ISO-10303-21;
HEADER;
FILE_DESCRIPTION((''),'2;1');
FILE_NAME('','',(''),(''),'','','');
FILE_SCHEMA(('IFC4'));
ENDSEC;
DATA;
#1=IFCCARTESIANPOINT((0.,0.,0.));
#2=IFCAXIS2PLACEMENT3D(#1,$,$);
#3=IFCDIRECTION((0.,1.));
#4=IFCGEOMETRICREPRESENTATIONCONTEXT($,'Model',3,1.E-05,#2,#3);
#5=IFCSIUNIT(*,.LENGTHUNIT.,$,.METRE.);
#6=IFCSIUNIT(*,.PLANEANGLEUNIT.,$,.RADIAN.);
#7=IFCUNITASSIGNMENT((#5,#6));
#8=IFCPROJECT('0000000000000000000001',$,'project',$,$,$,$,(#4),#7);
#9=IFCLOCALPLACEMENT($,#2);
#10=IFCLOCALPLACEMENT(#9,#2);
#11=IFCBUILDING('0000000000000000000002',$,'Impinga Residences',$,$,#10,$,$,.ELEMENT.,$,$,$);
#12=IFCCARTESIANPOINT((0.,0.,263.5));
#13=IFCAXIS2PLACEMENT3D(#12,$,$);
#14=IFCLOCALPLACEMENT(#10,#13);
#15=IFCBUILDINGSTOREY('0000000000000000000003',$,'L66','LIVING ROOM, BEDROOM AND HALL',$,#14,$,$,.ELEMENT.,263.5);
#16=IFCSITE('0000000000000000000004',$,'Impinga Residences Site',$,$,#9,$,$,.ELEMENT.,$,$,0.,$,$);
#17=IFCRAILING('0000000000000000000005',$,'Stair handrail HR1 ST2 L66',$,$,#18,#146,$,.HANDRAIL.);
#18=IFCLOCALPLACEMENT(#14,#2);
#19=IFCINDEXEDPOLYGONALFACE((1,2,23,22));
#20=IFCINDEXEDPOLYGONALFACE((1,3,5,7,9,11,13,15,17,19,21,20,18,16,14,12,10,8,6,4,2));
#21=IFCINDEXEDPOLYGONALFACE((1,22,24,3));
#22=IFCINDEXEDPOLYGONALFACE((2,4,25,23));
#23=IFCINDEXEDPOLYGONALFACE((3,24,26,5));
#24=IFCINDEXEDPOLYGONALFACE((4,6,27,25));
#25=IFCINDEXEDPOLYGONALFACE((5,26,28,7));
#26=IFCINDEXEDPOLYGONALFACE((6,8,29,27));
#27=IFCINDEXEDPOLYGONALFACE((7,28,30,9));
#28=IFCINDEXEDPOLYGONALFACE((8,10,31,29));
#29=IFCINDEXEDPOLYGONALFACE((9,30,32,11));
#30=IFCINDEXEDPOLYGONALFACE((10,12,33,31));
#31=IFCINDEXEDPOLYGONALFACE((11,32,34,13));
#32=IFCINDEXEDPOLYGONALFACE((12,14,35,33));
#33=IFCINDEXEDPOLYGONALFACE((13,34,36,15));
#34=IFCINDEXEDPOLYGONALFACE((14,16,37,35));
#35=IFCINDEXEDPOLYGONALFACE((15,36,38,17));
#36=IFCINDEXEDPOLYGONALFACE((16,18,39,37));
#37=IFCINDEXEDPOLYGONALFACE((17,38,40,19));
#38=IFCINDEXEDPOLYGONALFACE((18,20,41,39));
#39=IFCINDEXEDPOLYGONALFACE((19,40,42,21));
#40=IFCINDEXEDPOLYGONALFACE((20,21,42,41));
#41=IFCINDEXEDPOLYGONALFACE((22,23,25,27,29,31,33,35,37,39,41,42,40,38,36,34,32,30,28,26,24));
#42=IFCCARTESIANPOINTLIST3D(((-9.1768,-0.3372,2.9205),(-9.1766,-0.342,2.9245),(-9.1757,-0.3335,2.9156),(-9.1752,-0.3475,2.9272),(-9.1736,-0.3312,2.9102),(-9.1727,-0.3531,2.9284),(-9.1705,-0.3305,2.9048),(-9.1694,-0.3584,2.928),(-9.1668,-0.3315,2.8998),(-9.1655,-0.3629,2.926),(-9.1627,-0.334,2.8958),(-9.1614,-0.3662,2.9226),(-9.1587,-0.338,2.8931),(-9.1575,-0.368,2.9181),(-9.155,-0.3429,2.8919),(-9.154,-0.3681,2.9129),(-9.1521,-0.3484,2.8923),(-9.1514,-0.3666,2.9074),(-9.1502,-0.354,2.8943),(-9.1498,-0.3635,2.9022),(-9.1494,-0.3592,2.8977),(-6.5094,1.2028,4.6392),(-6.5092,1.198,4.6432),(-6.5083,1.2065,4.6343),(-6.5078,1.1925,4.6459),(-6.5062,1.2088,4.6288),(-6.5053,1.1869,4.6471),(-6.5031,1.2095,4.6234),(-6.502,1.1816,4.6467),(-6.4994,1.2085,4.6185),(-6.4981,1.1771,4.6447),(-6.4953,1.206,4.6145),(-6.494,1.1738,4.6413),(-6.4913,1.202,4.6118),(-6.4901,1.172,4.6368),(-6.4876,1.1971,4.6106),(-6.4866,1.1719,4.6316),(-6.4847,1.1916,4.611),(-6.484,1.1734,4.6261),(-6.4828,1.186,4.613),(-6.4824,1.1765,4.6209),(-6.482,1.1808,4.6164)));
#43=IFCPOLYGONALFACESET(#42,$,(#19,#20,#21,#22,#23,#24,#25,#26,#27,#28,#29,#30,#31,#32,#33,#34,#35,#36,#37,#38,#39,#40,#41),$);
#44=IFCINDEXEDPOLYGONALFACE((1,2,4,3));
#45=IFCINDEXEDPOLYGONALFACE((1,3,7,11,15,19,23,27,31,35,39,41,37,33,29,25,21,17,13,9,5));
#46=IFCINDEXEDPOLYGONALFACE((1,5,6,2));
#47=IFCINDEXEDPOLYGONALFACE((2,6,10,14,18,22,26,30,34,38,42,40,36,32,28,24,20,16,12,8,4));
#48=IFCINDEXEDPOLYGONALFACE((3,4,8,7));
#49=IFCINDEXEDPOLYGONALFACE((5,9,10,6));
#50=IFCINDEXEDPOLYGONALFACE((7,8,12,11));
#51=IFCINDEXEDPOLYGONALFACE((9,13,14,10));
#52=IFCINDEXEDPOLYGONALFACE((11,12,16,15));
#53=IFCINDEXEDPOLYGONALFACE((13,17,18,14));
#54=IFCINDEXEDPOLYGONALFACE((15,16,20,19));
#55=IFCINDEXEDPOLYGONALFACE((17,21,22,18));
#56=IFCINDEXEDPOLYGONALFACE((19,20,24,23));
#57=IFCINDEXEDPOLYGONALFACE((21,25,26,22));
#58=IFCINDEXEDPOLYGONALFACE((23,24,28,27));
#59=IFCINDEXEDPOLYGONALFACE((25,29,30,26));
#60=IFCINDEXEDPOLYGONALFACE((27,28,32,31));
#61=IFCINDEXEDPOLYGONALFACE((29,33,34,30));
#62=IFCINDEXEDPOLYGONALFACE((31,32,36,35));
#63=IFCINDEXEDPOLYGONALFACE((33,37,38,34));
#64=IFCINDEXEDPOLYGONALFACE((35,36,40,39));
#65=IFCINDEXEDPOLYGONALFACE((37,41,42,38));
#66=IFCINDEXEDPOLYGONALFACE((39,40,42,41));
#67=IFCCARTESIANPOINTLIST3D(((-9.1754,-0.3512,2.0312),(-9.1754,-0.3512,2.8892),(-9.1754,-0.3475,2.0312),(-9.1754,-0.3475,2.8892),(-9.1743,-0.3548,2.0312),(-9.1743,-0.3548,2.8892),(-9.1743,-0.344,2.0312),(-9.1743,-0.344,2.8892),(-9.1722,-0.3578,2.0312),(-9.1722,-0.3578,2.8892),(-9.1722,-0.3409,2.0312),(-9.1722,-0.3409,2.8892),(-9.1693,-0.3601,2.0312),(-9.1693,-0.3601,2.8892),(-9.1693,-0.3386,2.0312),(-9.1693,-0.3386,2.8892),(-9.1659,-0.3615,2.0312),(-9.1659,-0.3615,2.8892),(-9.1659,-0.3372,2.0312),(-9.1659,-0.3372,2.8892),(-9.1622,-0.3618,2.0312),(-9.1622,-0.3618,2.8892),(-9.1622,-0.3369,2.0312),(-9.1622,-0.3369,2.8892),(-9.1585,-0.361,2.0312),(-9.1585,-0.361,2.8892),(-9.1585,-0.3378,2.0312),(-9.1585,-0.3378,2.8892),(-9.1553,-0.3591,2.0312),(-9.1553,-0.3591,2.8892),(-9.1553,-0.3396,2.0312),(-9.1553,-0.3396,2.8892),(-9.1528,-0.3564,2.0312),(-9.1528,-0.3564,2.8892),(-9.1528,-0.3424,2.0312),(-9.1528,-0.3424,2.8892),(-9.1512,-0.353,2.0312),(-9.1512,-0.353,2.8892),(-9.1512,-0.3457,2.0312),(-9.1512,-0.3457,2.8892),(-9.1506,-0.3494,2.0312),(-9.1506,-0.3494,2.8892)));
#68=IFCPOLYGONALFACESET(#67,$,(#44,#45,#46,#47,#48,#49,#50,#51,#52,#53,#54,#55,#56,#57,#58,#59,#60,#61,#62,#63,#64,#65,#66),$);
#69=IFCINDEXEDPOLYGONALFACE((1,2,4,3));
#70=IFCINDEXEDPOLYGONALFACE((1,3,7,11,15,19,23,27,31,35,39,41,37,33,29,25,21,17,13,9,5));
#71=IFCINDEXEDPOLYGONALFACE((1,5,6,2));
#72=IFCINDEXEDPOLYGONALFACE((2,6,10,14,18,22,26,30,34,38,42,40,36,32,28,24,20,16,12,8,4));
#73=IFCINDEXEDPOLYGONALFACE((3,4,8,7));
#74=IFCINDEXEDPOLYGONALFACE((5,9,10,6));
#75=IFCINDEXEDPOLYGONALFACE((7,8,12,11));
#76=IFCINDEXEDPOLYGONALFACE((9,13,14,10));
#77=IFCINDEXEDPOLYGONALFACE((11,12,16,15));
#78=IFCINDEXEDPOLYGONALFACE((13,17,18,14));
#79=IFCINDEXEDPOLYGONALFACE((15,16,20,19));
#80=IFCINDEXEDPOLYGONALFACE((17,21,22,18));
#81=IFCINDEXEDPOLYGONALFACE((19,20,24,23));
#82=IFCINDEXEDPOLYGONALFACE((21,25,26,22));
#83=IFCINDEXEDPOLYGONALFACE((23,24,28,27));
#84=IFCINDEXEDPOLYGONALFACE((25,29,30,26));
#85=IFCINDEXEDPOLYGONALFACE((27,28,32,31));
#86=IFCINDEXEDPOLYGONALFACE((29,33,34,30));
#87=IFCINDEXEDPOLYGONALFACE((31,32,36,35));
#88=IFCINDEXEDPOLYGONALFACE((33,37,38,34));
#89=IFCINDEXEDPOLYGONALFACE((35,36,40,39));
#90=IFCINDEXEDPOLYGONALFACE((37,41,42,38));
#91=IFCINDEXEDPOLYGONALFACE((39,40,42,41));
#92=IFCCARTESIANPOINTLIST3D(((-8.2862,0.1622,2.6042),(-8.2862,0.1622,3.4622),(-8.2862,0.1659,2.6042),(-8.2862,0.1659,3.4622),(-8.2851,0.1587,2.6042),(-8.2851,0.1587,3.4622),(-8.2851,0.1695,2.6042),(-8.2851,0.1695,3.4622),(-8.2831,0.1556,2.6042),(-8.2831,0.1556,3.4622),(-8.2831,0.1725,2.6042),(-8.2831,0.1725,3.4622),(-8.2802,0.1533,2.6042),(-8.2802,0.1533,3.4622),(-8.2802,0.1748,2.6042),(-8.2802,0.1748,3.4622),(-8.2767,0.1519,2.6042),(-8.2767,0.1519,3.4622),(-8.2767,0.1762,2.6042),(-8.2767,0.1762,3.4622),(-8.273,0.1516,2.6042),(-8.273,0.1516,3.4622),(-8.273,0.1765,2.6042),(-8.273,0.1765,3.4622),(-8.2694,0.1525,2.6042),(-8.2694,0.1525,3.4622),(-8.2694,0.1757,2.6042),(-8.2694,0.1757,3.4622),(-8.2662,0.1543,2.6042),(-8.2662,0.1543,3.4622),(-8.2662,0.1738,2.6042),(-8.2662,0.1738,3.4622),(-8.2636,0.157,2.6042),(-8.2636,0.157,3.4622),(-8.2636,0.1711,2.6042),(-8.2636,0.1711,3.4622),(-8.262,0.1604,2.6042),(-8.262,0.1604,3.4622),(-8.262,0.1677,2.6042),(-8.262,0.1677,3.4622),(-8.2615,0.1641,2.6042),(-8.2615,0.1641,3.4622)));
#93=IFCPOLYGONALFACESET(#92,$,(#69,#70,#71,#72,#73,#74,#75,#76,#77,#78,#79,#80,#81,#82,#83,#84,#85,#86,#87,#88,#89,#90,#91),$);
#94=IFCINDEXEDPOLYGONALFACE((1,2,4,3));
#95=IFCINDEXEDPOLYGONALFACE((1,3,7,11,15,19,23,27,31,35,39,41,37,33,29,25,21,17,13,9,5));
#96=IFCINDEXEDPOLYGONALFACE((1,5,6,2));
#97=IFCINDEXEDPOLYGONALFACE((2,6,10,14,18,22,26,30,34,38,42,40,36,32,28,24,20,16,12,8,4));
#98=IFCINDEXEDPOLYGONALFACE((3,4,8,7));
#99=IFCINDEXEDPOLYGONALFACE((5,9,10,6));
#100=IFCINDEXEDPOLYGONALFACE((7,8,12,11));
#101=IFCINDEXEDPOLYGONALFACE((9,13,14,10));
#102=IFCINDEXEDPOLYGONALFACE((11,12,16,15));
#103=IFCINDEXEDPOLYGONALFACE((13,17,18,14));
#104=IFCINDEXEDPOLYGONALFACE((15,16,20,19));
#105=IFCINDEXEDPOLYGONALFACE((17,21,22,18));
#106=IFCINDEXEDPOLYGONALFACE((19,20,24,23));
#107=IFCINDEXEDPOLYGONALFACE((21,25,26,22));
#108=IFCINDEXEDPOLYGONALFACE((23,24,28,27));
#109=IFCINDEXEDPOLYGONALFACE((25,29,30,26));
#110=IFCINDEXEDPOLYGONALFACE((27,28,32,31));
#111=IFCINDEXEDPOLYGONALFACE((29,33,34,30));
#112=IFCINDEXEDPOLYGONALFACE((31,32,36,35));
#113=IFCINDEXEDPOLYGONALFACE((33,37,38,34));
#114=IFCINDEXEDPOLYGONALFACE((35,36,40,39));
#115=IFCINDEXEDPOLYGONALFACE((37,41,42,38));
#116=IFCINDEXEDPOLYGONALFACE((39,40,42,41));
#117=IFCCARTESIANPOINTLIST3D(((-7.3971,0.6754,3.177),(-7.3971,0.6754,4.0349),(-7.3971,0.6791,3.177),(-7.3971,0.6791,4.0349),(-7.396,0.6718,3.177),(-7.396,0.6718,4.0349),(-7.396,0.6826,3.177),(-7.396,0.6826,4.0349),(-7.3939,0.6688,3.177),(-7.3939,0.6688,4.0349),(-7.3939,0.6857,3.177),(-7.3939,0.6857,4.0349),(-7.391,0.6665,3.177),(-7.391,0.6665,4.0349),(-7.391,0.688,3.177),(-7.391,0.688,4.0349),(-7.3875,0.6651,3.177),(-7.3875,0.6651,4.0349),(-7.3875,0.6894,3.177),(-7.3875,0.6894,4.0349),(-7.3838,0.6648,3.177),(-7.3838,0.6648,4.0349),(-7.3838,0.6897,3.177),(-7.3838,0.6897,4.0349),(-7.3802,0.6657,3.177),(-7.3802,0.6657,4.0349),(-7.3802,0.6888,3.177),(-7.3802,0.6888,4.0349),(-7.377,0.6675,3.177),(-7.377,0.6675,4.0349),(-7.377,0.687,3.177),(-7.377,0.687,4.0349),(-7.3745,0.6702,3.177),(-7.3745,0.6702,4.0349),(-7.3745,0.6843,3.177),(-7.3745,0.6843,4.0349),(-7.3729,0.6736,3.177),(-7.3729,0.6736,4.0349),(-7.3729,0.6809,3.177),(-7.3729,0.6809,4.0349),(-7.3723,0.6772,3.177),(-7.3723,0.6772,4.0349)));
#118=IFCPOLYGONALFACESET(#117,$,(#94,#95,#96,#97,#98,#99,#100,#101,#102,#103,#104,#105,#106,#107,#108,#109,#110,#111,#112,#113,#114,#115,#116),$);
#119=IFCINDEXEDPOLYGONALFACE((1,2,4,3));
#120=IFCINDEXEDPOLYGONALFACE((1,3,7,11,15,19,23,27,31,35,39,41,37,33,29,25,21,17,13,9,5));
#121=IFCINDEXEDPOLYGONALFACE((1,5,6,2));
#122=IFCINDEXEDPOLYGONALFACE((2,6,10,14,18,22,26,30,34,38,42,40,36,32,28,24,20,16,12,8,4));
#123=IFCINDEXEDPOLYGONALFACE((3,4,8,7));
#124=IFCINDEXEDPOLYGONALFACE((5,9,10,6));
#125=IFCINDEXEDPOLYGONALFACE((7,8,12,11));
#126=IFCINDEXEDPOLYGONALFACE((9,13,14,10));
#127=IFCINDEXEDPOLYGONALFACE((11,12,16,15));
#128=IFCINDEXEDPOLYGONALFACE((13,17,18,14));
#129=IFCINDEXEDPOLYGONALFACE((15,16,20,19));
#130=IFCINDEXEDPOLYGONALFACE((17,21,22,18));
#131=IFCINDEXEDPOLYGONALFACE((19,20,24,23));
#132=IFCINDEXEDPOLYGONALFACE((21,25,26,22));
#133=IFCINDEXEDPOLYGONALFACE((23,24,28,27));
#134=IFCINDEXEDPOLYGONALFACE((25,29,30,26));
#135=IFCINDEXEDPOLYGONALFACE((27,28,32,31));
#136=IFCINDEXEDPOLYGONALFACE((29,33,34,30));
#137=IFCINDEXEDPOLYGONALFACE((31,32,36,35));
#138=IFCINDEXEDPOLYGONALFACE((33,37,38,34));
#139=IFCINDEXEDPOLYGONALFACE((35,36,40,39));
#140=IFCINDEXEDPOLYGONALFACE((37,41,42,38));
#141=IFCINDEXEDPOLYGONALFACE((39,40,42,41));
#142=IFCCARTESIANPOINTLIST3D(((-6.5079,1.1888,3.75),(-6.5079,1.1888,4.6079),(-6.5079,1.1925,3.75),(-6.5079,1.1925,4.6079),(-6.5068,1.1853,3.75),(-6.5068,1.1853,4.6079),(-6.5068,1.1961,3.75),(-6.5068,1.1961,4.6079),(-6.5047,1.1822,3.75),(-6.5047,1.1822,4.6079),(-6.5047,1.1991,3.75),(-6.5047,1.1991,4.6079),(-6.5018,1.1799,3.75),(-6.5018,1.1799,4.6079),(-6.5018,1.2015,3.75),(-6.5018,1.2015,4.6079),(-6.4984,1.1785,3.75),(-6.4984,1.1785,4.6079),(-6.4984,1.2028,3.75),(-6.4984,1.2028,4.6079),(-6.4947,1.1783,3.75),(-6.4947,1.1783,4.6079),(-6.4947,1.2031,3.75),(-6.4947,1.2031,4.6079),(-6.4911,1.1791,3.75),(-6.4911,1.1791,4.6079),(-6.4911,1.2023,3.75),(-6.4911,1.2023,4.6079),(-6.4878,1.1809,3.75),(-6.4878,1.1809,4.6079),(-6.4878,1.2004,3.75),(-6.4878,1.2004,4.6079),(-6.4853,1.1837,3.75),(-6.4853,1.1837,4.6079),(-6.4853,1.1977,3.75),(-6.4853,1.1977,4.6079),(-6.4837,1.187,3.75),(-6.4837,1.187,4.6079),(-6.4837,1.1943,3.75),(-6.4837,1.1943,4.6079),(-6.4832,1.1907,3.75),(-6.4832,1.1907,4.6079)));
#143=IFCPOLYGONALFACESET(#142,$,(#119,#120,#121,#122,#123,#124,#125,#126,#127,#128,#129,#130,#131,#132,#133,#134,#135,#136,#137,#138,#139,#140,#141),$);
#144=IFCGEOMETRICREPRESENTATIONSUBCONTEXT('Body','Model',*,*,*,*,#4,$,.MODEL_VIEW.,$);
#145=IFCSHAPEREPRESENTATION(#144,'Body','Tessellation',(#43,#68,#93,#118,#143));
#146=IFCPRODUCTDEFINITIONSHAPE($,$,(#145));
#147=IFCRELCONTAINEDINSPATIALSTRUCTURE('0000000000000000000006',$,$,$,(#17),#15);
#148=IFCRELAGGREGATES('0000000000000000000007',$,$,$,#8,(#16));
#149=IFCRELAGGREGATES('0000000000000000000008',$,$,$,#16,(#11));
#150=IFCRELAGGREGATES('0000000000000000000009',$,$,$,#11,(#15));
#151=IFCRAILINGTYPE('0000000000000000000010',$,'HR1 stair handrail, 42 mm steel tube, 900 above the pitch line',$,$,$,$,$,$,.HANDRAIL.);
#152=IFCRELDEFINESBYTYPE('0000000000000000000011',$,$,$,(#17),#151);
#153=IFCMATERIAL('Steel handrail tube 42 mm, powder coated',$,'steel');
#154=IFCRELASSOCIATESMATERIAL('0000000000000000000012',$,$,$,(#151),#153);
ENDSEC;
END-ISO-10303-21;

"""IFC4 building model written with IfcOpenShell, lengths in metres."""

from ifc_helpers import new_model, si_unit, direction, frame, origin, origin_2d, place, context, subcontext, project, spatial, circle, extrude, material, type_object, element, save


model = new_model("IFC4")

# Units and contexts
model_context = context("Model", 3, precision=1e-05, world=origin(), true_north=direction((0.0, 1.0)))
body_context = subcontext(model_context, "Body", "Model", "MODEL_VIEW")
ifc_project = project(units=[si_unit("LENGTHUNIT", "METRE"), si_unit("PLANEANGLEUNIT", "RADIAN")], contexts=[model_context])

# Site, building, storey
site_placement = place(None, origin())
site = spatial("IfcSite", under=ifc_project, at=site_placement, Name="Impinga Residences Site", CompositionType="ELEMENT", RefElevation=0.0)
building_placement = place(site_placement, origin())
building = spatial("IfcBuilding", under=site, at=building_placement, Name="Impinga Residences", CompositionType="ELEMENT")
storey_placement = place(building_placement, frame((0.0, 0.0, 263.5)))
storey = spatial("IfcBuildingStorey", under=building, at=storey_placement, Name="L66", Description="LIVING ROOM, BEDROOM AND HALL", CompositionType="ELEMENT", Elevation=263.5)

# Railing
ifc_material_1 = material(Name="Steel handrail tube 42 mm, powder coated", Category="steel")
railing_type_1 = type_object("IfcRailingType", Name="HR1 stair handrail, 42 mm steel tube, 900 above the pitch line", PredefinedType="HANDRAIL", material=ifc_material_1)
railing_1_placement = place(storey_placement, frame((-9.1631, -0.3494, 2.0312)))
element("IfcRailing", 1, at=railing_1_placement, inside=storey, type_object=railing_type_1, Name="Stair handrail HR1 ST2 L66", PredefinedType="HANDRAIL", context=body_context, shape_type="SweptSolid", body=[
    extrude(circle(Radius=0.021, at=origin_2d()), frame((0.0, 0.0, 0.8789), z_axis=(0.756256, 0.436616, 0.487282), x_axis=(-0.499992, 0.86603, 0.0)), (0.0, 0.0, 1.0), 3.5271),
    extrude(circle(Radius=0.0125, at=origin_2d()), origin(), (0.0, 0.0, 1.0), 0.8579),
    extrude(circle(Radius=0.0125, at=origin_2d()), frame((0.8892, 0.5134, 0.573)), (0.0, 0.0, 1.0), 0.8579),
    extrude(circle(Radius=0.0125, at=origin_2d()), frame((1.7783, 1.0266, 1.1458)), (0.0, 0.0, 1.0), 0.8579),
    extrude(circle(Radius=0.0125, at=origin_2d()), frame((2.6675, 1.54, 1.7188)), (0.0, 0.0, 1.0), 0.8579),
])

save(model, "model.ifc")
